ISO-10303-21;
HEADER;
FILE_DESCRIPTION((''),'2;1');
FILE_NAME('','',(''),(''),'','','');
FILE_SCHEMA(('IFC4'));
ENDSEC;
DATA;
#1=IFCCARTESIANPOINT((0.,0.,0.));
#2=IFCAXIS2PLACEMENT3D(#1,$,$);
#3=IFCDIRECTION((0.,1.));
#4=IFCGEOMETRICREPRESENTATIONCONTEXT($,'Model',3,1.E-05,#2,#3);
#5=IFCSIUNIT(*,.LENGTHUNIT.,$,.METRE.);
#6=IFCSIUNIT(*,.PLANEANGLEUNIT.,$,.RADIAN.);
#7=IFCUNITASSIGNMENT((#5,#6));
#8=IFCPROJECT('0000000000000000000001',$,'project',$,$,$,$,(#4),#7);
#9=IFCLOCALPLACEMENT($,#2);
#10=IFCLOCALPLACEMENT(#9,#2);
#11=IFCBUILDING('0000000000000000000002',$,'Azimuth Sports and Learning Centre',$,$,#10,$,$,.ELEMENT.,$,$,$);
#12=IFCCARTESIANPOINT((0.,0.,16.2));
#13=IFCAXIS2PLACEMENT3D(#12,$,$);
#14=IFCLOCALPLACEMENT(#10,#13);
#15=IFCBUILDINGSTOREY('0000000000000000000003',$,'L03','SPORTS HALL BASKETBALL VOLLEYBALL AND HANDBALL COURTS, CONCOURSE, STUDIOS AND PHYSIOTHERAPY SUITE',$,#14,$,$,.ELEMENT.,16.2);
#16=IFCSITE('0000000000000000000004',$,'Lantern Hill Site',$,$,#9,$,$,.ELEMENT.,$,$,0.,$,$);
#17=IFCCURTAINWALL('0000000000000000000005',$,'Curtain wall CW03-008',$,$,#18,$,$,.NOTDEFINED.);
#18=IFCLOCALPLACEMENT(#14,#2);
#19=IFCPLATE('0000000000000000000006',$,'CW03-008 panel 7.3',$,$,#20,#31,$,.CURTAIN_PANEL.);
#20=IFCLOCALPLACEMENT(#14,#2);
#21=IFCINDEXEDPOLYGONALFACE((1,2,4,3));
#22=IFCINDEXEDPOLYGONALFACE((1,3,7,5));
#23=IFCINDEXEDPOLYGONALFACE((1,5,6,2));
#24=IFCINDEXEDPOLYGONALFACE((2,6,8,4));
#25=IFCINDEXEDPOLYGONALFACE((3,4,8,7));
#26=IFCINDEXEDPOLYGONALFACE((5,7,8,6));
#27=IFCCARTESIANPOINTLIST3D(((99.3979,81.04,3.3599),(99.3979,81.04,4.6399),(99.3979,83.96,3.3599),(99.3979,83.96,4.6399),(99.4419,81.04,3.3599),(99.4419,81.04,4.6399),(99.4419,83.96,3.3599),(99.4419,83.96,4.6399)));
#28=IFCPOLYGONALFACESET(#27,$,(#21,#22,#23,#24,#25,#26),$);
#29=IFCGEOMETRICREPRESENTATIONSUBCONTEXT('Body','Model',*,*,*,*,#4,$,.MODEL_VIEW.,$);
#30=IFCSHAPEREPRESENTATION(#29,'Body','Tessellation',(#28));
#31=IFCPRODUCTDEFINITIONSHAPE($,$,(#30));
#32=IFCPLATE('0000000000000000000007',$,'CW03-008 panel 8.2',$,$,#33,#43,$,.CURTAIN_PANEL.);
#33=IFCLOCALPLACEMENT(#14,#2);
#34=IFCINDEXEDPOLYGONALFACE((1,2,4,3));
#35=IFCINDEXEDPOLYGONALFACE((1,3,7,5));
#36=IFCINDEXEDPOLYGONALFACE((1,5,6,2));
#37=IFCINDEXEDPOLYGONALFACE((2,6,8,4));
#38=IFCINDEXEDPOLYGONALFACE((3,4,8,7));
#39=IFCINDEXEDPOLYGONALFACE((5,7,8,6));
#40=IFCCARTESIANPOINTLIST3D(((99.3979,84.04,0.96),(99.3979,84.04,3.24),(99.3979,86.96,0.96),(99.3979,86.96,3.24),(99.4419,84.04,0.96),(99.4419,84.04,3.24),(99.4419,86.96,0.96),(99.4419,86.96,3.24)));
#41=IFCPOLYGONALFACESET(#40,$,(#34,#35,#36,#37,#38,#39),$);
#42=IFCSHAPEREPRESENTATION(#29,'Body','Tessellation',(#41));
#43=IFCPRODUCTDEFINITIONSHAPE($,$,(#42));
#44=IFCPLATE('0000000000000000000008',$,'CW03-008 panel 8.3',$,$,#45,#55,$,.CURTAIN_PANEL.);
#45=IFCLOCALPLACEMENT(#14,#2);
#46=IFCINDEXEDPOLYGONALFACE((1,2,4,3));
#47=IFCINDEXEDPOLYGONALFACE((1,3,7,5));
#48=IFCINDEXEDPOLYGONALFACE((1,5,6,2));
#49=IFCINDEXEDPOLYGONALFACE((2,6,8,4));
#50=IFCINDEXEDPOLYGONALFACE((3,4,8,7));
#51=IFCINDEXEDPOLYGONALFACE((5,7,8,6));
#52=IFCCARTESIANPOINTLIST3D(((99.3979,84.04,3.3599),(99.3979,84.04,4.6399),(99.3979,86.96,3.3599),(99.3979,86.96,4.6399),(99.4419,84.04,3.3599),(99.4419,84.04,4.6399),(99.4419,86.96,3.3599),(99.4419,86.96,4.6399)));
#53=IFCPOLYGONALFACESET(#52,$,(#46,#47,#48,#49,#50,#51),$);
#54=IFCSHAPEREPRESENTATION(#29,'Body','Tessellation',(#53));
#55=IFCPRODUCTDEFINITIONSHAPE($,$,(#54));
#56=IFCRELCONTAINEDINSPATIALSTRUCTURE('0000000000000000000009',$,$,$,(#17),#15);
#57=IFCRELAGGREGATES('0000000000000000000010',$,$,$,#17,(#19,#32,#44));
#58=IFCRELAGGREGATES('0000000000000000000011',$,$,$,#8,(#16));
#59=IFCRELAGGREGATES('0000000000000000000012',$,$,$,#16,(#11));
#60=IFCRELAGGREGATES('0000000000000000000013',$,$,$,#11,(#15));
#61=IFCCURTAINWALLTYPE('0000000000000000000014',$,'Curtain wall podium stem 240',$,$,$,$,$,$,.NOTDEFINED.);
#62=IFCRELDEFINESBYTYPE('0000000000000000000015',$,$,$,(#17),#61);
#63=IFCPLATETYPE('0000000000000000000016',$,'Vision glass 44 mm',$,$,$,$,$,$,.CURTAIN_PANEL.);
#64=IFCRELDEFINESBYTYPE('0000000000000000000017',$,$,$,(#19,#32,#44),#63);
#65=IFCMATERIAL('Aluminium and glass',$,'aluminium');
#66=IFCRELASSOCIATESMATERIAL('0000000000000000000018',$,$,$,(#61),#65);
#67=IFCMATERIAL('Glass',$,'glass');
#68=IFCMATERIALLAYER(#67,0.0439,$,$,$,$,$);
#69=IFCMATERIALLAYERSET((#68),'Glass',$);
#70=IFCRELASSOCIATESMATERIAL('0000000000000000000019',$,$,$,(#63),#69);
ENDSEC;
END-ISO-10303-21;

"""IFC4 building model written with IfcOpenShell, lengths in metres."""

from ifc_helpers import new_model, si_unit, direction, frame, origin, origin_2d, place, context, subcontext, project, spatial, rectangle, extrude, material, layer, layer_set, type_object, element, aggregate, save


model = new_model("IFC4")

# Units and contexts
model_context = context("Model", 3, precision=1e-05, world=origin(), true_north=direction((0.0, 1.0)))
body_context = subcontext(model_context, "Body", "Model", "MODEL_VIEW")
ifc_project = project(units=[si_unit("LENGTHUNIT", "METRE"), si_unit("PLANEANGLEUNIT", "RADIAN")], contexts=[model_context])

# Site, building, storey
site_placement = place(None, origin())
site = spatial("IfcSite", under=ifc_project, at=site_placement, Name="Lantern Hill Site", CompositionType="ELEMENT", RefElevation=0.0)
building_placement = place(site_placement, origin())
building = spatial("IfcBuilding", under=site, at=building_placement, Name="Azimuth Sports and Learning Centre", CompositionType="ELEMENT")
storey_placement = place(building_placement, frame((0.0, 0.0, 16.2)))
storey = spatial("IfcBuildingStorey", under=building, at=storey_placement, Name="L03", Description="SPORTS HALL BASKETBALL VOLLEYBALL AND HANDBALL COURTS, CONCOURSE, STUDIOS AND PHYSIOTHERAPY SUITE", CompositionType="ELEMENT", Elevation=16.2)

# Curtain wall, plates
ifc_material_1 = material(Name="Aluminium and glass", Category="aluminium")
curtain_wall_type = type_object("IfcCurtainWallType", Name="Curtain wall podium stem 240", PredefinedType="NOTDEFINED", material=ifc_material_1)
curtain_wall_placement = place(storey_placement, origin())
curtain_wall = element("IfcCurtainWall", 1, at=curtain_wall_placement, inside=storey, type_object=curtain_wall_type, Name="Curtain wall CW03-008", PredefinedType="NOTDEFINED")
ifc_material_2 = material(Name="Glass", Category="glass")
ifc_layer_1 = layer(ifc_material_2, 0.0439)
ifc_layer_set_1 = layer_set([ifc_layer_1], Name="Glass")
plate_type_1 = type_object("IfcPlateType", Name="Vision glass 44 mm", PredefinedType="CURTAIN_PANEL", material=ifc_layer_set_1)
plate_1_placement = place(storey_placement, frame((99.4199, 82.5, 3.3599), z_axis=(0.0, 0.0, 1.0), x_axis=(0.0, 1.0, 0.0)))
plate_1 = element("IfcPlate", 2, at=plate_1_placement, type_object=plate_type_1, Name="CW03-008 panel 7.3", PredefinedType="CURTAIN_PANEL", context=body_context, shape_type="SweptSolid", body=[
    extrude(rectangle(XDim=2.9199, YDim=0.0439, at=origin_2d()), origin(), (0.0, 0.0, 1.0), 1.28),
])
plate_2_placement = place(storey_placement, frame((99.4199, 85.5, 0.96), z_axis=(0.0, 0.0, 1.0), x_axis=(0.0, 1.0, 0.0)))
plate_2 = element("IfcPlate", 3, at=plate_2_placement, type_object=plate_type_1, Name="CW03-008 panel 8.2", PredefinedType="CURTAIN_PANEL", context=body_context, shape_type="SweptSolid", body=[
    extrude(rectangle(XDim=2.9199, YDim=0.0439, at=origin_2d()), origin(), (0.0, 0.0, 1.0), 2.28),
])
plate_3_placement = place(storey_placement, frame((99.4199, 85.5, 3.3599), z_axis=(0.0, 0.0, 1.0), x_axis=(0.0, 1.0, 0.0)))
plate_3 = element("IfcPlate", 4, at=plate_3_placement, type_object=plate_type_1, Name="CW03-008 panel 8.3", PredefinedType="CURTAIN_PANEL", context=body_context, shape_type="SweptSolid", body=[
    extrude(rectangle(XDim=2.9199, YDim=0.0439, at=origin_2d()), origin(), (0.0, 0.0, 1.0), 1.28),
])
aggregate(curtain_wall, [plate_1, plate_2, plate_3])

save(model, "model.ifc")
